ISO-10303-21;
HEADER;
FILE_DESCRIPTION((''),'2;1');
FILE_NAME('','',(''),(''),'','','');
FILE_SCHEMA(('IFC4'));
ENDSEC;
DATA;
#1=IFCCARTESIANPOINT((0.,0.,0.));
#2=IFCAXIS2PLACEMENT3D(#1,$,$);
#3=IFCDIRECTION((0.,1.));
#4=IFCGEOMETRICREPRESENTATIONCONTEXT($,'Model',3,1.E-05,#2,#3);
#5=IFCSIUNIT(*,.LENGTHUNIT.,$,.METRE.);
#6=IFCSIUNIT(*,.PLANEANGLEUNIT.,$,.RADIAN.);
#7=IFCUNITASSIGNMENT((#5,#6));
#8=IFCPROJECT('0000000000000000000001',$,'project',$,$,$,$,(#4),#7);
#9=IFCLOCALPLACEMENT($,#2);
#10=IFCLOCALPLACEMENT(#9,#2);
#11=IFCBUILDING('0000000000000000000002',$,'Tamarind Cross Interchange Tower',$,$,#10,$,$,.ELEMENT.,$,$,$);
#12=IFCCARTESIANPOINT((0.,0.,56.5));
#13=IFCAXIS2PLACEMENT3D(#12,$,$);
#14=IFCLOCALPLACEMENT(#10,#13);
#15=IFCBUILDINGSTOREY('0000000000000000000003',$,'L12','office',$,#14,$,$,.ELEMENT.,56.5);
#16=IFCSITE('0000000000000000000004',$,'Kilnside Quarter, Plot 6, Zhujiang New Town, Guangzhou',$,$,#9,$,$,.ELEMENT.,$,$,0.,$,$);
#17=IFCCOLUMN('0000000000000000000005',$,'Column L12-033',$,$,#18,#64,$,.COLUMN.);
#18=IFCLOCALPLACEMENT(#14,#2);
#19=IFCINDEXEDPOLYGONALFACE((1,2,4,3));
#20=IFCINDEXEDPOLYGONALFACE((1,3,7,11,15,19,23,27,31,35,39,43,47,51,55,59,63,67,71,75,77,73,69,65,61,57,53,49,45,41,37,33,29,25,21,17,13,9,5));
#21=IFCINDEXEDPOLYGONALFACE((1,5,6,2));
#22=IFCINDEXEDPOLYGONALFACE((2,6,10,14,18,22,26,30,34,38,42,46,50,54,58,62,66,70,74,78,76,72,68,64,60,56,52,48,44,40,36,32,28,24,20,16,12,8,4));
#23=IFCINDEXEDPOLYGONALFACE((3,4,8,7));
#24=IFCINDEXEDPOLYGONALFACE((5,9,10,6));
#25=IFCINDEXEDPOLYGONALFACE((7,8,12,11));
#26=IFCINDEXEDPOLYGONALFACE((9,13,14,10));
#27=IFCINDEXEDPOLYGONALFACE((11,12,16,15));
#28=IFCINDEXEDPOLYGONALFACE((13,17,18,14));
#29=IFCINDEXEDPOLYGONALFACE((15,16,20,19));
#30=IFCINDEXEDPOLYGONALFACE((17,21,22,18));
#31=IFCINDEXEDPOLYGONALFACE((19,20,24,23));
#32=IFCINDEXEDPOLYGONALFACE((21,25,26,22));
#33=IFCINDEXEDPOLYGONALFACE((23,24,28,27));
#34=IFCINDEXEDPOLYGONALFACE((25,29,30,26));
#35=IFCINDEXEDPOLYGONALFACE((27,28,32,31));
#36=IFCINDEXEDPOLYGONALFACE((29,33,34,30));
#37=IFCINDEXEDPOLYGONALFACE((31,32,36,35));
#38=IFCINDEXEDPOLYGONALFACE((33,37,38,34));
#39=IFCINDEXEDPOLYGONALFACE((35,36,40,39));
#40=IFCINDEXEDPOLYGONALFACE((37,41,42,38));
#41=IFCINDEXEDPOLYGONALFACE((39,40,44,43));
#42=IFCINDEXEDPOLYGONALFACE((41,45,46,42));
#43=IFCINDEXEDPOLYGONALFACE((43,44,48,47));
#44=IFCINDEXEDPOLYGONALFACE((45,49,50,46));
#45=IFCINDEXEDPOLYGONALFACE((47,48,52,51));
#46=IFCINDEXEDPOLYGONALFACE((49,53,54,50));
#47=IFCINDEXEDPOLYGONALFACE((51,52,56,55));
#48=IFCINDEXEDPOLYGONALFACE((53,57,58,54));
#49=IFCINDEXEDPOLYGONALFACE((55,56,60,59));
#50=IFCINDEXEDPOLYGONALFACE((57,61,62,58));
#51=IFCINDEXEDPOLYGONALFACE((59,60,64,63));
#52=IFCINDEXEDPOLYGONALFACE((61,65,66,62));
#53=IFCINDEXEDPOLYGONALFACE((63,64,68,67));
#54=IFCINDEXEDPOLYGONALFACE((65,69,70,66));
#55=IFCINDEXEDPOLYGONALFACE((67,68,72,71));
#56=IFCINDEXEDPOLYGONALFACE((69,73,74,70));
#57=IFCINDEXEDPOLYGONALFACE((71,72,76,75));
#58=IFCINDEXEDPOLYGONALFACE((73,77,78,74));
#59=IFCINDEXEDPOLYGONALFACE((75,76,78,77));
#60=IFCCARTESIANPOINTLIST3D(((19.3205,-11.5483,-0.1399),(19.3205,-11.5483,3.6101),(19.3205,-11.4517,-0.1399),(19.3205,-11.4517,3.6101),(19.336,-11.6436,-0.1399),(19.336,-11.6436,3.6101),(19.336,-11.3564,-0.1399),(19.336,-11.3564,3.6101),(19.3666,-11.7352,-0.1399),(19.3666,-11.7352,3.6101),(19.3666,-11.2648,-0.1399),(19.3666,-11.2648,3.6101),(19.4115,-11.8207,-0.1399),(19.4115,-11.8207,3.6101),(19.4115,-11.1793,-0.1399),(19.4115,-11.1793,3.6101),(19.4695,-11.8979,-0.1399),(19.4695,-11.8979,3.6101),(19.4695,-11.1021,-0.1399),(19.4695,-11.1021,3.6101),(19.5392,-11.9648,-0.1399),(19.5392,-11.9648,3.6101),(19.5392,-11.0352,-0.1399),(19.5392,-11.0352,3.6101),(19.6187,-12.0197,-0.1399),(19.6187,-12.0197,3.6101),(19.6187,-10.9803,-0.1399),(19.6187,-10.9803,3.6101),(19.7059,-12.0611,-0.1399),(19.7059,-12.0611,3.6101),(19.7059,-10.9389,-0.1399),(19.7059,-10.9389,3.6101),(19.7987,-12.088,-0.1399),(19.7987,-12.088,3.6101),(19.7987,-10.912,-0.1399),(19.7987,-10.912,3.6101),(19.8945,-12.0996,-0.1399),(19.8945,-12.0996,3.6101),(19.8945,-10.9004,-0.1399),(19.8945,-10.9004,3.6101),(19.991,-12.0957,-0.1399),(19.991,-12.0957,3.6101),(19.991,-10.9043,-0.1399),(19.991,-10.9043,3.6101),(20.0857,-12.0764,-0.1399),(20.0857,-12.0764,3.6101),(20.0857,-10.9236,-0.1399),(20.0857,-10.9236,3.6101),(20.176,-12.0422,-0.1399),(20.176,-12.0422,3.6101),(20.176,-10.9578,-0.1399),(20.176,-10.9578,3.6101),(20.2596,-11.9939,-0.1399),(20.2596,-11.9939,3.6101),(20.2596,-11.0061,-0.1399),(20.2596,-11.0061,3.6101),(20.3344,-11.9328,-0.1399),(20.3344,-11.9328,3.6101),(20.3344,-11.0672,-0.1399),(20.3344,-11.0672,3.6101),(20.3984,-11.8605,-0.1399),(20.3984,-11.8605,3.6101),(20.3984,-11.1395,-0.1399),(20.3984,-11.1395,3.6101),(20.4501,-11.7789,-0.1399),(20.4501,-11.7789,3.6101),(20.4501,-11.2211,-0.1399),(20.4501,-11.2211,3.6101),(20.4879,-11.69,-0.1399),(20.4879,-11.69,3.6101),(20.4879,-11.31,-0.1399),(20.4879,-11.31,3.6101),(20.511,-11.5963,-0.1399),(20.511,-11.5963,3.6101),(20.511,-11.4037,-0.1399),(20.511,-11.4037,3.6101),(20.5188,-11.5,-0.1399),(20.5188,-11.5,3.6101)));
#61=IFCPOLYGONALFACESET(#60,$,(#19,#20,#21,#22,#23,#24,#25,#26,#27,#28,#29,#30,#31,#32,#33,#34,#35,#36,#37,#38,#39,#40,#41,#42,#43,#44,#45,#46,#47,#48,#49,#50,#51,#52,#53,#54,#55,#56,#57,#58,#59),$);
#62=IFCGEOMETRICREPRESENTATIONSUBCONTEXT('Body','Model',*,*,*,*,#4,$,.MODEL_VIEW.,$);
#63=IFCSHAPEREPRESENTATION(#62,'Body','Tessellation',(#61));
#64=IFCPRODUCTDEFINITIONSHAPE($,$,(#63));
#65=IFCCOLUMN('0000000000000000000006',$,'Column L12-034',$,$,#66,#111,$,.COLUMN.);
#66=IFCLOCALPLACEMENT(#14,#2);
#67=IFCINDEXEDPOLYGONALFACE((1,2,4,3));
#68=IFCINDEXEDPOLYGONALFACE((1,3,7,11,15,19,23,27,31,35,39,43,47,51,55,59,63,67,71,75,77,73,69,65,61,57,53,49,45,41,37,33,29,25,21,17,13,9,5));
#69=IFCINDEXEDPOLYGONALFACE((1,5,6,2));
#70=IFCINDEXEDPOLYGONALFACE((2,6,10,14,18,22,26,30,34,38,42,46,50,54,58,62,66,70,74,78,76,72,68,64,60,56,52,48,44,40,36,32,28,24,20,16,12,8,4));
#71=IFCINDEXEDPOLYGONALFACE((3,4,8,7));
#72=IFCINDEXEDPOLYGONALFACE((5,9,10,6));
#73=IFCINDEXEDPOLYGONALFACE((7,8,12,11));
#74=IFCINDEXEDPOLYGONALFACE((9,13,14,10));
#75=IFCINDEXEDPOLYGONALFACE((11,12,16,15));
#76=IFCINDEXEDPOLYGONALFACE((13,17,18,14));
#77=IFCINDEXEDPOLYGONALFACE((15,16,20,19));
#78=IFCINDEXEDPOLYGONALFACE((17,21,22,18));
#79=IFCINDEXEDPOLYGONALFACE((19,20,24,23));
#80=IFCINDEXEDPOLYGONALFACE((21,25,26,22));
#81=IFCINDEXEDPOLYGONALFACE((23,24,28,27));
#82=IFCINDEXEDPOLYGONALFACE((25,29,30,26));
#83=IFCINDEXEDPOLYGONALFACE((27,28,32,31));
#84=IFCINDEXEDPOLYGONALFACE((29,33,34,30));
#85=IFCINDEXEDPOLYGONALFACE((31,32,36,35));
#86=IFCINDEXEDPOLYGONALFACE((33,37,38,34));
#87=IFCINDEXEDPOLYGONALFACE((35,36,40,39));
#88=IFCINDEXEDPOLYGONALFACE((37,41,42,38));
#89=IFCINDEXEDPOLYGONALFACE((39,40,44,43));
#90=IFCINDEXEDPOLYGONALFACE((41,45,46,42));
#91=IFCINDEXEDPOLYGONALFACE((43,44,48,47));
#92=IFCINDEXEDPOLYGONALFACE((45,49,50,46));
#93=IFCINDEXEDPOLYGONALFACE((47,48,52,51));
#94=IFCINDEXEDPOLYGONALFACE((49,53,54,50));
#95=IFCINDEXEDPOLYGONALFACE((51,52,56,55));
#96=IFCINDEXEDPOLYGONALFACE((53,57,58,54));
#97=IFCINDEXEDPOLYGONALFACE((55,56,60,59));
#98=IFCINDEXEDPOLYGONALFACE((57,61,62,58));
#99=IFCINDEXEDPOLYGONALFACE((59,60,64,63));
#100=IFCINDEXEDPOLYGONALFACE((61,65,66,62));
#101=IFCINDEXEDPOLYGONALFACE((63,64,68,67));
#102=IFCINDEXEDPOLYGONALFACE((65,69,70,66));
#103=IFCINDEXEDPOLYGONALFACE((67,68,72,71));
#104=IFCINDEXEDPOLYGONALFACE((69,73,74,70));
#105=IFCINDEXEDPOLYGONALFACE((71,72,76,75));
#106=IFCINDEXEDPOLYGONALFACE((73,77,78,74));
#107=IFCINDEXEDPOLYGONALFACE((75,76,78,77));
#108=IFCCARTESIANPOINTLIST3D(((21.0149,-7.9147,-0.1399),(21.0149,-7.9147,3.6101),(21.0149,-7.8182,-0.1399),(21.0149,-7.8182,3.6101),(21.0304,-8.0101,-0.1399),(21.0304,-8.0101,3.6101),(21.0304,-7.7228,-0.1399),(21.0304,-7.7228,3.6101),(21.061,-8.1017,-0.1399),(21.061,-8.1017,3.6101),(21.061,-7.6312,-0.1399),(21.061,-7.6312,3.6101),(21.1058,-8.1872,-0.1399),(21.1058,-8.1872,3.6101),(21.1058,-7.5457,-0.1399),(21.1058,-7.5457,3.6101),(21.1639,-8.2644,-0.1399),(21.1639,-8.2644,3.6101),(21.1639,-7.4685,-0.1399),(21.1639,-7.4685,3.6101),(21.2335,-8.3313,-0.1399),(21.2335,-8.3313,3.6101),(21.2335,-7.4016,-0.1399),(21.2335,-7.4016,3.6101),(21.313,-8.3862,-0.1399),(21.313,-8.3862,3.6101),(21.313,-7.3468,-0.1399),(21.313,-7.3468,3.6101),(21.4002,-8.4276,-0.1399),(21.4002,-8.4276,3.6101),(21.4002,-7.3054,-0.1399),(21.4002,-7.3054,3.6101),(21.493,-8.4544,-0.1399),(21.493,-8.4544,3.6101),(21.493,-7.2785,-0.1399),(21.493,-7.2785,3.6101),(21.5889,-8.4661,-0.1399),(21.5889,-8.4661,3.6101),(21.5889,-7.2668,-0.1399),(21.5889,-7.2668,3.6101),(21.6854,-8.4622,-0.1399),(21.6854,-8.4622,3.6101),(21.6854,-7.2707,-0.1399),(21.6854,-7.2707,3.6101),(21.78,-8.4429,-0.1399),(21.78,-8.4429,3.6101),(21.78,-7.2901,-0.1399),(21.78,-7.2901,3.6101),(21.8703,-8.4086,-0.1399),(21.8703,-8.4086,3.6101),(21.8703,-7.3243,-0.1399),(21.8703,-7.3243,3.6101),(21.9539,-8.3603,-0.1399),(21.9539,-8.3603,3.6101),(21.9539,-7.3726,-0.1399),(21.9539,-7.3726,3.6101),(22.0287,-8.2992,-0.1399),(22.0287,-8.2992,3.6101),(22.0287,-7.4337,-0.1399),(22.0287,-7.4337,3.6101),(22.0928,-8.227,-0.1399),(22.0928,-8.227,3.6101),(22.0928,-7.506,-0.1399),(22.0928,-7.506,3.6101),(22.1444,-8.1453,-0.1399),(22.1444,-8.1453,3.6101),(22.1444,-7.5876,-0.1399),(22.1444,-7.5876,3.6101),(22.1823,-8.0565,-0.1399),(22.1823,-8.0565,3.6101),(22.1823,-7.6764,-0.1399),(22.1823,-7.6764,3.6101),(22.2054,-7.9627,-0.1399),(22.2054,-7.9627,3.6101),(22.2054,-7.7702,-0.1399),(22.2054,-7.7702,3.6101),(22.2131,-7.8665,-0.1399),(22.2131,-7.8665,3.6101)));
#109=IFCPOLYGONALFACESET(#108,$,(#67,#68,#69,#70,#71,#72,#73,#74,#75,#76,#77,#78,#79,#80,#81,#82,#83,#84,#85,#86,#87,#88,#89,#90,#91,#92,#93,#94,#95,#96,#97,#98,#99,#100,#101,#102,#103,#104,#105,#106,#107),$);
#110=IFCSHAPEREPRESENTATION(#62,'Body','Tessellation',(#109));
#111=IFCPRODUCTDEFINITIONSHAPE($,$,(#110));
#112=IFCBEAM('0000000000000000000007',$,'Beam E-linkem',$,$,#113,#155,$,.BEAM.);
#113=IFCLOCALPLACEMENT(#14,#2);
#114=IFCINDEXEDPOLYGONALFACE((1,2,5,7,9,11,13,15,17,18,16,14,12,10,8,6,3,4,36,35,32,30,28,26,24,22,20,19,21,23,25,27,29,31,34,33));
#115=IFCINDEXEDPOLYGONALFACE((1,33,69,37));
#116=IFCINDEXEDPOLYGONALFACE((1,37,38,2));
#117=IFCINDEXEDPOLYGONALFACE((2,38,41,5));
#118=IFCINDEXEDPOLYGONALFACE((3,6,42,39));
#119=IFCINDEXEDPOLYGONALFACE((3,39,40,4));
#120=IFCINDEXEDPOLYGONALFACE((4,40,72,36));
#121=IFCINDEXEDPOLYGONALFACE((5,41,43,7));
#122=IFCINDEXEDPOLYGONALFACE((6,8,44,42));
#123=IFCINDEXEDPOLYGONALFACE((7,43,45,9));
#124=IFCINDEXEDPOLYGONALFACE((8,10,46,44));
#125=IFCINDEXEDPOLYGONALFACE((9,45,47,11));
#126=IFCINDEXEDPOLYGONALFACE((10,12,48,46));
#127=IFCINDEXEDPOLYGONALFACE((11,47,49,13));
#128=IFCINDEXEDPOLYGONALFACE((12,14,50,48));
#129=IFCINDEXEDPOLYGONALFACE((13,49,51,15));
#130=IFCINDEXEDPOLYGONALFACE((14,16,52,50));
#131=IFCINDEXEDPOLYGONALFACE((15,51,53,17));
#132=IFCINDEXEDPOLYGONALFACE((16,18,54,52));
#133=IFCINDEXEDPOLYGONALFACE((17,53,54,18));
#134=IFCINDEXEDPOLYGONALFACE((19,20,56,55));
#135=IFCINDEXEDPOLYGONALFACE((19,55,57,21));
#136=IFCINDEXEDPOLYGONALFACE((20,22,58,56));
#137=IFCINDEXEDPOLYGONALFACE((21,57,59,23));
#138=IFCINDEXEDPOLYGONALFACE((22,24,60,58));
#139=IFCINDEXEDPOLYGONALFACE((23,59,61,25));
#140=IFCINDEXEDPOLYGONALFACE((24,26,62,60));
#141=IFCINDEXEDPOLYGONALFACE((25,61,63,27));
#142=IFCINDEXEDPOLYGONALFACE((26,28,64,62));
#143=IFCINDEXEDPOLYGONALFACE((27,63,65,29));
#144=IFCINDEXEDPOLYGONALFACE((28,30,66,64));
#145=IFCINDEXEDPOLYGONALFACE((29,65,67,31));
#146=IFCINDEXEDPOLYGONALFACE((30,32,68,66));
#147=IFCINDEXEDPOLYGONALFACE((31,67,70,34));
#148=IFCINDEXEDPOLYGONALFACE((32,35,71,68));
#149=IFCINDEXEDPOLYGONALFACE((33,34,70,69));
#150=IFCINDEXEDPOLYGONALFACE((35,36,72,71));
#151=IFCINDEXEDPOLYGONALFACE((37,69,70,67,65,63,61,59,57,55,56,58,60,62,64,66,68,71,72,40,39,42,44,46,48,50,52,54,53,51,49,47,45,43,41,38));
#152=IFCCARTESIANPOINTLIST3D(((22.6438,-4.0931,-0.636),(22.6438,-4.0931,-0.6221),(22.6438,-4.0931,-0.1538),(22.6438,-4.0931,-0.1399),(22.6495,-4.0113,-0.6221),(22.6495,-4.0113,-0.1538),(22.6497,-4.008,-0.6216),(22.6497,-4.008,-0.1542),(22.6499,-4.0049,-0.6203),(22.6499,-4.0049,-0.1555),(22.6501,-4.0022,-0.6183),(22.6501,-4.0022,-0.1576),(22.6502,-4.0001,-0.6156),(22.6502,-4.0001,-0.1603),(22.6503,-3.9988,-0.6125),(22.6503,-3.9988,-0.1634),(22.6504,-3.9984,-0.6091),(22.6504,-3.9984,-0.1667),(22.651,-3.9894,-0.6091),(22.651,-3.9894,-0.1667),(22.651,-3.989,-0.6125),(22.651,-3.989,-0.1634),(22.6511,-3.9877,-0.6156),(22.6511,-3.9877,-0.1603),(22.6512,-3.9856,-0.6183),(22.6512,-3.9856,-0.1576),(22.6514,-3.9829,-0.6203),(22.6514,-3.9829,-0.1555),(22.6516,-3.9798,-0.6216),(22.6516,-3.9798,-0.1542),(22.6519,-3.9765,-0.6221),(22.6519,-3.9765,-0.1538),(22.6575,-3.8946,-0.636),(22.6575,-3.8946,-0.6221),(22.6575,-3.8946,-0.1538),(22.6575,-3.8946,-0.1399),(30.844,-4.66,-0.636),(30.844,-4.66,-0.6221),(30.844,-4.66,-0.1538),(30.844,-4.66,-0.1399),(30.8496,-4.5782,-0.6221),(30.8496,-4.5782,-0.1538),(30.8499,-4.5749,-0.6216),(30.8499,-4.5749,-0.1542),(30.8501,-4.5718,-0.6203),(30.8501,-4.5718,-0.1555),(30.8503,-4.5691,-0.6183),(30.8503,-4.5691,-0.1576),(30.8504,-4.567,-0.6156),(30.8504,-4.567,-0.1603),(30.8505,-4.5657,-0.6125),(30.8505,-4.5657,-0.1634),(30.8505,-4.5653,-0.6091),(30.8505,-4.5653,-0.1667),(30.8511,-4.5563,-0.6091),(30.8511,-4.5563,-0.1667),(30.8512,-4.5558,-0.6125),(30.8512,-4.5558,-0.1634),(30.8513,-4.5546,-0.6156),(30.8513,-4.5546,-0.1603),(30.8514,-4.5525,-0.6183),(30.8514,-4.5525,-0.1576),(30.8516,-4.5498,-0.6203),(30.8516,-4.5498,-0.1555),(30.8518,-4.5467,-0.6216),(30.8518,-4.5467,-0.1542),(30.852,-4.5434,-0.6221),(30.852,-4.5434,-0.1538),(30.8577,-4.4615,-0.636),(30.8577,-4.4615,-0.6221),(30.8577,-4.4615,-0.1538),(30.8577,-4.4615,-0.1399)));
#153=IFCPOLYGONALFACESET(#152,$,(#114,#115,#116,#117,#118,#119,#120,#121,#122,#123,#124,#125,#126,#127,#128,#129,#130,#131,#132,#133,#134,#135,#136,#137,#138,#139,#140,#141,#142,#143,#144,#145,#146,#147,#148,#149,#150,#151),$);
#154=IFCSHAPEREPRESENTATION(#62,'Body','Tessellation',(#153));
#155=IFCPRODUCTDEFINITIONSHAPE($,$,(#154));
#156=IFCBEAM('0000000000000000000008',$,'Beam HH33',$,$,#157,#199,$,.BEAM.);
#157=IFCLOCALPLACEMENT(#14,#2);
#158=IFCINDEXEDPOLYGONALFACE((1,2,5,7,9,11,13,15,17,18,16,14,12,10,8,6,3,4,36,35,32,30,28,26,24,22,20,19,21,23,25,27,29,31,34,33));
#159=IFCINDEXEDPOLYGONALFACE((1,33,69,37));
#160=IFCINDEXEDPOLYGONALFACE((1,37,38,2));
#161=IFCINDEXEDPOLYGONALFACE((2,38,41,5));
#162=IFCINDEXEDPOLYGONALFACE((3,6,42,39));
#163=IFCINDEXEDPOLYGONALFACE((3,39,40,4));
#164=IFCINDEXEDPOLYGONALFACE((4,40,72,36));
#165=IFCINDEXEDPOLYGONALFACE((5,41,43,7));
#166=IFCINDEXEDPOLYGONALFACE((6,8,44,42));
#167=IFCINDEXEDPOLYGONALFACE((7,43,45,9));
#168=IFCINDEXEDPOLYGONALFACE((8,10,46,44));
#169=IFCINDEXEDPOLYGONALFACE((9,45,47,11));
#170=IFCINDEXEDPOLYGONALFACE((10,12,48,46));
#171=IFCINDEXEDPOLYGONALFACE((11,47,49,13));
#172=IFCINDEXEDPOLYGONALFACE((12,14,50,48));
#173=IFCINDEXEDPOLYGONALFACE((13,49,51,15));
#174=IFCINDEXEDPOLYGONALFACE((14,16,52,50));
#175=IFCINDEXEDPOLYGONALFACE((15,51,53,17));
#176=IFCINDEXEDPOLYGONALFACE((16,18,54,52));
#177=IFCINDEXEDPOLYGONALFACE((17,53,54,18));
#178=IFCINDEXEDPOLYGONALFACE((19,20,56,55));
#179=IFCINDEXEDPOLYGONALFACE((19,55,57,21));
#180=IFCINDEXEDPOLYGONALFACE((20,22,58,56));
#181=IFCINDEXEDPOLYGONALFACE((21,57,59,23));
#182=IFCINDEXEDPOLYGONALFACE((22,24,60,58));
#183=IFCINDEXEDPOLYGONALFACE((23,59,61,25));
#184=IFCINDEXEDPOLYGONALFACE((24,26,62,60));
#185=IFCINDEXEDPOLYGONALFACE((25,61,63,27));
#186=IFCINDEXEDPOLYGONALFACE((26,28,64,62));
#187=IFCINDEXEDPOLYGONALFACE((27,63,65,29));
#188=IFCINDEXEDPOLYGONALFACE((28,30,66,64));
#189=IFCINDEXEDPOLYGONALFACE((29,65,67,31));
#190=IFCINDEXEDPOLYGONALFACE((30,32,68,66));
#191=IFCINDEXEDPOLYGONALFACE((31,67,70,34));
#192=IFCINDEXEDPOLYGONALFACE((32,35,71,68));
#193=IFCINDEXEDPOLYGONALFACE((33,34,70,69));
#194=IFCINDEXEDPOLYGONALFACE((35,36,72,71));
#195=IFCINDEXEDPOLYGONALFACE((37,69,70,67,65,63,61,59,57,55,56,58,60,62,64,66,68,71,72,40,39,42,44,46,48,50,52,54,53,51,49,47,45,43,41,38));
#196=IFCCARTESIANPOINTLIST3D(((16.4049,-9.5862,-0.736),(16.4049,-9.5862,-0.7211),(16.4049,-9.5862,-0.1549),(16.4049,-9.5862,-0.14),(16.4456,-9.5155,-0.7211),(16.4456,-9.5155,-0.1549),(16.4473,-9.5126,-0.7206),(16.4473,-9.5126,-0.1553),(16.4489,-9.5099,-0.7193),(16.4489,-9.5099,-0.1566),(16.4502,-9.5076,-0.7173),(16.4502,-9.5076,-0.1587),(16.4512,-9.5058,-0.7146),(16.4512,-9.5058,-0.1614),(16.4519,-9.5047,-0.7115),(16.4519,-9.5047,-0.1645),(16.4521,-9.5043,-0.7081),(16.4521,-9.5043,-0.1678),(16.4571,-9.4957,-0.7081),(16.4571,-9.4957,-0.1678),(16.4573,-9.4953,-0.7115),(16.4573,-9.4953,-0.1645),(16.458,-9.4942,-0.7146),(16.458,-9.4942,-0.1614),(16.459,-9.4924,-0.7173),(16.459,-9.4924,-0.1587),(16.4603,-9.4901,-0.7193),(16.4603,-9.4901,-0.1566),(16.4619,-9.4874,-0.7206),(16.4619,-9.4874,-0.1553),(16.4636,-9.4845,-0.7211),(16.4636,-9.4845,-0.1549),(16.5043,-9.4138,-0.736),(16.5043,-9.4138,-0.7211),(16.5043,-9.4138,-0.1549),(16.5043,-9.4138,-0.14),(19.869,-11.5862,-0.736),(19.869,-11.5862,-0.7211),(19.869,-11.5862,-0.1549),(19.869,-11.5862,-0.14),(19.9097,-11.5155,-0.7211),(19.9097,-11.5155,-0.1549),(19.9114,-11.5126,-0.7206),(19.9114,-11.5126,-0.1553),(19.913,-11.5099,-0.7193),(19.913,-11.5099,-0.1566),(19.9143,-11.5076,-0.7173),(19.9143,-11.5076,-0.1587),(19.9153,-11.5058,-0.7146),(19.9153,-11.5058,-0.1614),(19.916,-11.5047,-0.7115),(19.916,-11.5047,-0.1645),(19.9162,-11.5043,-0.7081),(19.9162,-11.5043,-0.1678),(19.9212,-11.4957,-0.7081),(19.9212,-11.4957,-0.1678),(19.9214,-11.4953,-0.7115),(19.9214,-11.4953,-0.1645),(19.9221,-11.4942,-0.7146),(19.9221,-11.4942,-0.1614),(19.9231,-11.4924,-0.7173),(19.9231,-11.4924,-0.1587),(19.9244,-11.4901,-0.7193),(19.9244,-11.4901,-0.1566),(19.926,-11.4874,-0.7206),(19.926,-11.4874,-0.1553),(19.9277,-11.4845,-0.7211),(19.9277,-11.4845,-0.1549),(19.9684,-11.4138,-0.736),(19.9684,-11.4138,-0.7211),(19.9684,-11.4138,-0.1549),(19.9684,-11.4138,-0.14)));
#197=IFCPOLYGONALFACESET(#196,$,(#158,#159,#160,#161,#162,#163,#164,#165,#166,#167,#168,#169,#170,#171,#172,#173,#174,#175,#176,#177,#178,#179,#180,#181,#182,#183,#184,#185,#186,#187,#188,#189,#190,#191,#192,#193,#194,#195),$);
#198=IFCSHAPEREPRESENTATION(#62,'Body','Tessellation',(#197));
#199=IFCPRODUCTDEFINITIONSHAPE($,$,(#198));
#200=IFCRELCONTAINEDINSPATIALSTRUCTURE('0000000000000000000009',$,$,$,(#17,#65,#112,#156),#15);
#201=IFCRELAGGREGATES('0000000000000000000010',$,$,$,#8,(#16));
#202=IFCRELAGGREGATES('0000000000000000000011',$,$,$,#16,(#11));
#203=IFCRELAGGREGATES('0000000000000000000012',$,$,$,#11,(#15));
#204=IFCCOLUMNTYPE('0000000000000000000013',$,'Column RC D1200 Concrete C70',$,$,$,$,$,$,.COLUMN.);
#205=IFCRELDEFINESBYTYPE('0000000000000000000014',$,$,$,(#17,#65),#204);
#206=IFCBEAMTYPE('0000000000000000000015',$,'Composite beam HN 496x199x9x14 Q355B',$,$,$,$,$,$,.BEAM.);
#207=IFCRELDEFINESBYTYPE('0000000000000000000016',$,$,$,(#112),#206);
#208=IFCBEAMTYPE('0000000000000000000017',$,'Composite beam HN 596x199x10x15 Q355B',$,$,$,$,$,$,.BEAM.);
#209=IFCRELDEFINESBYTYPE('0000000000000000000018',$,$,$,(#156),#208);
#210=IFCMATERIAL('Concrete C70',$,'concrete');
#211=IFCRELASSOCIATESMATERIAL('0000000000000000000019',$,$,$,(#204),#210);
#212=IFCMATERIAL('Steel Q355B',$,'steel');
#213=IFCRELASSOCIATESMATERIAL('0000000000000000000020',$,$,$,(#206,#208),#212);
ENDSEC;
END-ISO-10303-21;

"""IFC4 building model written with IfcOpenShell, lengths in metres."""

from ifc_helpers import new_model, si_unit, direction, frame, origin, origin_2d, place, context, subcontext, project, spatial, circle, i_section, extrude, material, material_profile, profile_set, type_object, element, save


model = new_model("IFC4")

# Units and contexts
model_context = context("Model", 3, precision=1e-05, world=origin(), true_north=direction((0.0, 1.0)))
body_context = subcontext(model_context, "Body", "Model", "MODEL_VIEW")
ifc_project = project(units=[si_unit("LENGTHUNIT", "METRE"), si_unit("PLANEANGLEUNIT", "RADIAN")], contexts=[model_context])

# Site, building, storey
site_placement = place(None, origin())
site = spatial("IfcSite", under=ifc_project, at=site_placement, Name="Kilnside Quarter, Plot 6, Zhujiang New Town, Guangzhou", CompositionType="ELEMENT", RefElevation=0.0)
building_placement = place(site_placement, origin())
building = spatial("IfcBuilding", under=site, at=building_placement, Name="Tamarind Cross Interchange Tower", CompositionType="ELEMENT")
storey_placement = place(building_placement, frame((0.0, 0.0, 56.5)))
storey = spatial("IfcBuildingStorey", under=building, at=storey_placement, Name="L12", Description="office", CompositionType="ELEMENT", Elevation=56.5)

# Columns
ifc_material_1 = material(Name="Concrete C70", Category="concrete")
ifc_material_profile_1 = material_profile(ifc_material_1, circle(Radius=0.6001, at=origin_2d()), Name="RC D1200")
ifc_profile_set_1 = profile_set([ifc_material_profile_1], Name="Concrete C70")
column_type = type_object("IfcColumnType", Name="Column RC D1200 Concrete C70", PredefinedType="COLUMN", material=ifc_profile_set_1)
for number, where, z_axis, x_axis, name in (
    (1, (19.9187, -11.5, -0.1399), (0.0, 0.0, 1.0), (1.0, 0.0, 0.0), "Column L12-033"),
    (2, (21.613, -7.8665, -0.1399), (0.0, 0.0, 1.0), (1.0, 0.0, 0.0), "Column L12-034"),
):
    element("IfcColumn", number, at=place(storey_placement, frame(where, z_axis=z_axis, x_axis=x_axis)), inside=storey, type_object=column_type, Name=name, PredefinedType="COLUMN", context=body_context, shape_type="SweptSolid", body=[
        extrude(circle(Radius=0.6001, at=origin_2d()), origin(), (0.0, 0.0, 1.0), 3.75),
    ])

# Beams
ifc_material_2 = material(Name="Steel Q355B", Category="steel")
ifc_material_profile_2 = material_profile(ifc_material_2, i_section(OverallWidth=0.199, OverallDepth=0.4961, WebThickness=0.009, FlangeThickness=0.0139, FilletRadius=0.0129, at=origin_2d()), Name="HN 496x199x9x14")
ifc_profile_set_2 = profile_set([ifc_material_profile_2], Name="Steel Q355B")
beam_type_1 = type_object("IfcBeamType", Name="Composite beam HN 496x199x9x14 Q355B", PredefinedType="BEAM", material=ifc_profile_set_2)
beam_1_placement = place(storey_placement, frame((30.8508, -4.5608, -0.3879), z_axis=(-0.997619, 0.068967, 0.0), x_axis=(-0.068967, -0.997619, 0.0)))
element("IfcBeam", 3, at=beam_1_placement, inside=storey, type_object=beam_type_1, Name="Beam E-linkem", PredefinedType="BEAM", context=body_context, shape_type="SweptSolid", body=[
    extrude(i_section(OverallWidth=0.199, OverallDepth=0.4961, WebThickness=0.009, FlangeThickness=0.0139, FilletRadius=0.0129, at=origin_2d()), origin(), (0.0, 0.0, 1.0), 8.2197),
])
ifc_material_profile_3 = material_profile(ifc_material_2, i_section(OverallWidth=0.199, OverallDepth=0.5959, WebThickness=0.01, FlangeThickness=0.0149, FilletRadius=0.0129, at=origin_2d()), Name="HN 596x199x10x15")
ifc_profile_set_3 = profile_set([ifc_material_profile_3], Name="Steel Q355B")
beam_type_2 = type_object("IfcBeamType", Name="Composite beam HN 596x199x10x15 Q355B", PredefinedType="BEAM", material=ifc_profile_set_3)
beam_2_placement = place(storey_placement, frame((19.9187, -11.5, -0.438), z_axis=(-0.866026, 0.499999, 0.0), x_axis=(-0.499999, -0.866026, 0.0)))
element("IfcBeam", 4, at=beam_2_placement, inside=storey, type_object=beam_type_2, Name="Beam HH33", PredefinedType="BEAM", context=body_context, shape_type="SweptSolid", body=[
    extrude(i_section(OverallWidth=0.199, OverallDepth=0.5959, WebThickness=0.01, FlangeThickness=0.0149, FilletRadius=0.0129, at=origin_2d()), origin(), (0.0, 0.0, 1.0), 4.0),
])

save(model, "model.ifc")
